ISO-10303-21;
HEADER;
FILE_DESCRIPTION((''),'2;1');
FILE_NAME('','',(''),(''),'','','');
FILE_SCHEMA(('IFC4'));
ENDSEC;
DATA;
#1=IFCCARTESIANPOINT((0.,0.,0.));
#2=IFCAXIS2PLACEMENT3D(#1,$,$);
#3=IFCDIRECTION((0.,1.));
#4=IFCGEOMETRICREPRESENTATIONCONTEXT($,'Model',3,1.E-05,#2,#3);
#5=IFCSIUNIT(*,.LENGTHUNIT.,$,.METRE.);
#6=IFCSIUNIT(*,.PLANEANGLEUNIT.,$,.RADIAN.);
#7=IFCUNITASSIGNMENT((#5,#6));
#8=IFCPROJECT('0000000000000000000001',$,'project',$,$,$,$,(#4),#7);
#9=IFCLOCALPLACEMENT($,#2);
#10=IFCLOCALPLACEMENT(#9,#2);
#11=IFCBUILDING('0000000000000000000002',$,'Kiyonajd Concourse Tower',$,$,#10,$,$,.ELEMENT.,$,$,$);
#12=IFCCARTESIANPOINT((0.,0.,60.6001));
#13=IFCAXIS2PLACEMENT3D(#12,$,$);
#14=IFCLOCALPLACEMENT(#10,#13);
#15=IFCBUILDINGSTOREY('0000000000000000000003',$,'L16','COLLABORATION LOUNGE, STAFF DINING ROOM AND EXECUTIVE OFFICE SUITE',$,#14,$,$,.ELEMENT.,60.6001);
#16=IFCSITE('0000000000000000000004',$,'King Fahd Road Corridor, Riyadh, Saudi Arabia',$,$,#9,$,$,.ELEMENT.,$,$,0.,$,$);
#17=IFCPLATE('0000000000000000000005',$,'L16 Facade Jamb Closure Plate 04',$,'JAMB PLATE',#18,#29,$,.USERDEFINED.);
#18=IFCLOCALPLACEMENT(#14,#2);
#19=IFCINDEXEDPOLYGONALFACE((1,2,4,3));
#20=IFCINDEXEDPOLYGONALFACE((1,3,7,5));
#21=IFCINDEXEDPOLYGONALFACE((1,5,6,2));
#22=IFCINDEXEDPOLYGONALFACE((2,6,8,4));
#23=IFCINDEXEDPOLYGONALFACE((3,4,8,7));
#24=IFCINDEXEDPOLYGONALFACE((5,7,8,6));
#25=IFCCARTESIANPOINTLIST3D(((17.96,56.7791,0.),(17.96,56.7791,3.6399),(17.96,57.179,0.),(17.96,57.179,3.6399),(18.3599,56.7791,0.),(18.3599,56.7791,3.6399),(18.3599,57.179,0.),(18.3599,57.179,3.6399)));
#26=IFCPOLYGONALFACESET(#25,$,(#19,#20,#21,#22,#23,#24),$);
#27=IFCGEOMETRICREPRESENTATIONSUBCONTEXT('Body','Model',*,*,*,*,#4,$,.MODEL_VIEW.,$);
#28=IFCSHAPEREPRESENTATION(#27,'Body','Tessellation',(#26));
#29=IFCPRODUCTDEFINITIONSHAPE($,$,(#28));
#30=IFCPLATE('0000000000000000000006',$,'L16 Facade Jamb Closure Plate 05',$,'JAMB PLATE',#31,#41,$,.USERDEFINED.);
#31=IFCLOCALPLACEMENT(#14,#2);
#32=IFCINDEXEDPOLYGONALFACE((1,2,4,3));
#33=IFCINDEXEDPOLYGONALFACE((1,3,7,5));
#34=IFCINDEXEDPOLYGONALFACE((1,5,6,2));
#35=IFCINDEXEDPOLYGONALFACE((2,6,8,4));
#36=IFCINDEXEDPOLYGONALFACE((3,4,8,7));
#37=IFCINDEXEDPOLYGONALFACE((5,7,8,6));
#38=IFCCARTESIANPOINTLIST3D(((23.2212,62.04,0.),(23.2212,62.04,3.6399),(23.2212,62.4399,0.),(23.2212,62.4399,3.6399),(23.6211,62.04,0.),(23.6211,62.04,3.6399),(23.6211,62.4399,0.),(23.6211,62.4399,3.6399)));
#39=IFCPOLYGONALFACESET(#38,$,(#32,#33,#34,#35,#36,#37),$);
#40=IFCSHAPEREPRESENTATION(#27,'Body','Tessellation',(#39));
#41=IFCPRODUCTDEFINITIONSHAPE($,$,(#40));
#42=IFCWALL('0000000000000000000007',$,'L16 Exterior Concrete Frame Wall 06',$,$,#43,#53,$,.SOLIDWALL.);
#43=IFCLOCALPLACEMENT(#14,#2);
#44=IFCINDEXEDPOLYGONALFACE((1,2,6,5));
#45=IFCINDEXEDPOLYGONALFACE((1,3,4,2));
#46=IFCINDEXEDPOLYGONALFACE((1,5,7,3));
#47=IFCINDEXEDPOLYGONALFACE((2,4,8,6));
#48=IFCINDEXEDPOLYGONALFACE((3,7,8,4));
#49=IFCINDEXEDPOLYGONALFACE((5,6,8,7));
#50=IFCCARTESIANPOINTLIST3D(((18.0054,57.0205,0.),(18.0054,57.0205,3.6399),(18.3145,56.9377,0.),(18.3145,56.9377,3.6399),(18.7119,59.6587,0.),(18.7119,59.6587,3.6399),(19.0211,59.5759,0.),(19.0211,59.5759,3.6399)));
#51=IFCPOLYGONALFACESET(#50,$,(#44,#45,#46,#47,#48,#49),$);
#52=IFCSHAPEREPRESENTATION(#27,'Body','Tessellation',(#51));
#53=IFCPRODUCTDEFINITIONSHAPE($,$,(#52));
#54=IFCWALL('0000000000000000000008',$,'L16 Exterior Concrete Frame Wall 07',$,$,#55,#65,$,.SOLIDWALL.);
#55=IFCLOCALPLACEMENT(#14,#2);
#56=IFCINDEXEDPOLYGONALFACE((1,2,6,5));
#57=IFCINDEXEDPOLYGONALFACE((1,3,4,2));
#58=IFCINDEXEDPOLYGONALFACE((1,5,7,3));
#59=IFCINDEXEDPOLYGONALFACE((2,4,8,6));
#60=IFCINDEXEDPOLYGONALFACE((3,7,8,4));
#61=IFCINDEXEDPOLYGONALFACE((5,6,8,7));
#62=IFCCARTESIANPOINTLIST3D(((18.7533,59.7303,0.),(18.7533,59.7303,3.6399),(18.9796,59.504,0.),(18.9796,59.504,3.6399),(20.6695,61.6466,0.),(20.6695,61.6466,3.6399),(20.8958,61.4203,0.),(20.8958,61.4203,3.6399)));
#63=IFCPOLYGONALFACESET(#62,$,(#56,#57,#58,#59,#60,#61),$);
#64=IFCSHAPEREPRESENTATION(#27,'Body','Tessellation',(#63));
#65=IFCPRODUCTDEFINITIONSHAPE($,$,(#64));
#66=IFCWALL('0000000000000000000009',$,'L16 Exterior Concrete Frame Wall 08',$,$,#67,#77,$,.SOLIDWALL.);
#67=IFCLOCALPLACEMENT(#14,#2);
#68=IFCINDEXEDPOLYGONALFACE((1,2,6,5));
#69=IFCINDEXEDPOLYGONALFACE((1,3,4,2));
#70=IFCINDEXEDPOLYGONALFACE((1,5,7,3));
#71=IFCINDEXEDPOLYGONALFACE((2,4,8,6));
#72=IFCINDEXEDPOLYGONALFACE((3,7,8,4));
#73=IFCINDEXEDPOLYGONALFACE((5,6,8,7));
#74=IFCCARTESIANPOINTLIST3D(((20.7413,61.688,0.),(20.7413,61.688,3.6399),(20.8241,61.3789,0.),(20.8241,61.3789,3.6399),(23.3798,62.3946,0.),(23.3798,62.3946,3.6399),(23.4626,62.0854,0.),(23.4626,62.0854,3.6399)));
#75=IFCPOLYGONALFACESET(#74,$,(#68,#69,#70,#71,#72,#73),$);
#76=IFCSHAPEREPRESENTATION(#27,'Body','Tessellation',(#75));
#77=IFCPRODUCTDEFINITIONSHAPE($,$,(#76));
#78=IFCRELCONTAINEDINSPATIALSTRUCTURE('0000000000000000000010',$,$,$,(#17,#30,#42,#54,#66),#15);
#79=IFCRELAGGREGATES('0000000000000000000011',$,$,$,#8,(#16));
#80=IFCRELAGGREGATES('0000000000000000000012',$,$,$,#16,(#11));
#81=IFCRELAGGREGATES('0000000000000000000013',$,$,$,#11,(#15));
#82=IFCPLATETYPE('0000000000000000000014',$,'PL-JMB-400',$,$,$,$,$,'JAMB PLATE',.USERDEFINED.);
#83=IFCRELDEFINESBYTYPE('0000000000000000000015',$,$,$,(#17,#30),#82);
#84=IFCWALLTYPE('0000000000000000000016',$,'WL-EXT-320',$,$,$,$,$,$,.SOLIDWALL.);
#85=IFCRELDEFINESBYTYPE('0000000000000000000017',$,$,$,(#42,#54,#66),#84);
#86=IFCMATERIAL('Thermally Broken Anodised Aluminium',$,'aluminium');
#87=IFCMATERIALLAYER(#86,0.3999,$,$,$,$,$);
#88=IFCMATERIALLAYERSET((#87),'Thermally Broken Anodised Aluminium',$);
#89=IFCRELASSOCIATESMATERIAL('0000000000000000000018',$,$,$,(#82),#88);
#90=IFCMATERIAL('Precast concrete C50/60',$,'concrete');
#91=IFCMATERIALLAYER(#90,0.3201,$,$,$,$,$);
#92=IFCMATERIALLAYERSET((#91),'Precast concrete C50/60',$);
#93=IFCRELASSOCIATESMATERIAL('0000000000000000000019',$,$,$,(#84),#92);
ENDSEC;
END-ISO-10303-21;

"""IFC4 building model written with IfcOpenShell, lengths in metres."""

from ifc_helpers import new_model, si_unit, direction, frame, frame_2d, origin, origin_2d, place, context, subcontext, project, spatial, rectangle, extrude, material, layer, layer_set, type_object, element, save


model = new_model("IFC4")

# Units and contexts
model_context = context("Model", 3, precision=1e-05, world=origin(), true_north=direction((0.0, 1.0)))
body_context = subcontext(model_context, "Body", "Model", "MODEL_VIEW")
ifc_project = project(units=[si_unit("LENGTHUNIT", "METRE"), si_unit("PLANEANGLEUNIT", "RADIAN")], contexts=[model_context])

# Site, building, storey
site_placement = place(None, origin())
site = spatial("IfcSite", under=ifc_project, at=site_placement, Name="King Fahd Road Corridor, Riyadh, Saudi Arabia", CompositionType="ELEMENT", RefElevation=0.0)
building_placement = place(site_placement, origin())
building = spatial("IfcBuilding", under=site, at=building_placement, Name="Kiyonajd Concourse Tower", CompositionType="ELEMENT")
storey_placement = place(building_placement, frame((0.0, 0.0, 60.6001)))
storey = spatial("IfcBuildingStorey", under=building, at=storey_placement, Name="L16", Description="COLLABORATION LOUNGE, STAFF DINING ROOM AND EXECUTIVE OFFICE SUITE", CompositionType="ELEMENT", Elevation=60.6001)

# Shared definitions
ifc_material_1 = material(Name="Precast concrete C50/60", Category="concrete")

# Shared definitions
ifc_material_2 = material(Name="Thermally Broken Anodised Aluminium", Category="aluminium")

# Plates
ifc_layer_1 = layer(ifc_material_2, 0.3999)
ifc_layer_set_1 = layer_set([ifc_layer_1], Name="Thermally Broken Anodised Aluminium")
plate_type_1 = type_object("IfcPlateType", Name="PL-JMB-400", ElementType="JAMB PLATE", PredefinedType="USERDEFINED", material=ifc_layer_set_1)
for number, where, z_axis, x_axis, name in (
    (1, (18.1599, 56.979, 0.0), (0.0, 0.0, 1.0), (1.0, 0.0, 0.0), "L16 Facade Jamb Closure Plate 04"),
    (2, (23.4211, 62.24, 0.0), (0.0, 0.0, 1.0), (1.0, 0.0, 0.0), "L16 Facade Jamb Closure Plate 05"),
):
    element("IfcPlate", number, at=place(storey_placement, frame(where, z_axis=z_axis, x_axis=x_axis)), inside=storey, type_object=plate_type_1, Name=name, ObjectType="JAMB PLATE", PredefinedType="USERDEFINED", context=body_context, shape_type="SweptSolid", body=[
        extrude(rectangle(XDim=0.3999, YDim=0.3999, at=origin_2d()), origin(), (0.0, 0.0, 1.0), 3.6399),
    ])

# Walls
ifc_layer_2 = layer(ifc_material_1, 0.3201)
ifc_layer_set_2 = layer_set([ifc_layer_2], Name="Precast concrete C50/60")
wall_type = type_object("IfcWallType", Name="WL-EXT-320", PredefinedType="SOLIDWALL", material=ifc_layer_set_2)
wall_1_placement = place(storey_placement, frame((18.1599, 56.979, 0.0), z_axis=(0.0, 0.0, 1.0), x_axis=(0.258697, 0.965958, 0.0)))
element("IfcWall", 3, at=wall_1_placement, inside=storey, type_object=wall_type, Name="L16 Exterior Concrete Frame Wall 06", PredefinedType="SOLIDWALL", context=body_context, shape_type="SweptSolid", body=[
    extrude(rectangle(XDim=2.7312, YDim=0.3201, at=frame_2d((1.3657, 0.0))), origin(), (0.0, 0.0, 1.0), 3.6399),
])
wall_2_placement = place(storey_placement, frame((18.8665, 59.6172, 0.0), z_axis=(0.0, 0.0, 1.0), x_axis=(0.707107, 0.707107, 0.0)))
element("IfcWall", 4, at=wall_2_placement, inside=storey, type_object=wall_type, Name="L16 Exterior Concrete Frame Wall 07", PredefinedType="SOLIDWALL", context=body_context, shape_type="SweptSolid", body=[
    extrude(rectangle(XDim=2.71, YDim=0.3201, at=frame_2d((1.355, 0.0))), origin(), (0.0, 0.0, 1.0), 3.6399),
])
wall_3_placement = place(storey_placement, frame((20.7827, 61.5334, 0.0), z_axis=(0.0, 0.0, 1.0), x_axis=(0.965964, 0.258675, 0.0)))
element("IfcWall", 5, at=wall_3_placement, inside=storey, type_object=wall_type, Name="L16 Exterior Concrete Frame Wall 08", PredefinedType="SOLIDWALL", context=body_context, shape_type="SweptSolid", body=[
    extrude(rectangle(XDim=2.7314, YDim=0.3201, at=frame_2d((1.3657, 0.0))), origin(), (0.0, 0.0, 1.0), 3.6399),
])

save(model, "model.ifc")
